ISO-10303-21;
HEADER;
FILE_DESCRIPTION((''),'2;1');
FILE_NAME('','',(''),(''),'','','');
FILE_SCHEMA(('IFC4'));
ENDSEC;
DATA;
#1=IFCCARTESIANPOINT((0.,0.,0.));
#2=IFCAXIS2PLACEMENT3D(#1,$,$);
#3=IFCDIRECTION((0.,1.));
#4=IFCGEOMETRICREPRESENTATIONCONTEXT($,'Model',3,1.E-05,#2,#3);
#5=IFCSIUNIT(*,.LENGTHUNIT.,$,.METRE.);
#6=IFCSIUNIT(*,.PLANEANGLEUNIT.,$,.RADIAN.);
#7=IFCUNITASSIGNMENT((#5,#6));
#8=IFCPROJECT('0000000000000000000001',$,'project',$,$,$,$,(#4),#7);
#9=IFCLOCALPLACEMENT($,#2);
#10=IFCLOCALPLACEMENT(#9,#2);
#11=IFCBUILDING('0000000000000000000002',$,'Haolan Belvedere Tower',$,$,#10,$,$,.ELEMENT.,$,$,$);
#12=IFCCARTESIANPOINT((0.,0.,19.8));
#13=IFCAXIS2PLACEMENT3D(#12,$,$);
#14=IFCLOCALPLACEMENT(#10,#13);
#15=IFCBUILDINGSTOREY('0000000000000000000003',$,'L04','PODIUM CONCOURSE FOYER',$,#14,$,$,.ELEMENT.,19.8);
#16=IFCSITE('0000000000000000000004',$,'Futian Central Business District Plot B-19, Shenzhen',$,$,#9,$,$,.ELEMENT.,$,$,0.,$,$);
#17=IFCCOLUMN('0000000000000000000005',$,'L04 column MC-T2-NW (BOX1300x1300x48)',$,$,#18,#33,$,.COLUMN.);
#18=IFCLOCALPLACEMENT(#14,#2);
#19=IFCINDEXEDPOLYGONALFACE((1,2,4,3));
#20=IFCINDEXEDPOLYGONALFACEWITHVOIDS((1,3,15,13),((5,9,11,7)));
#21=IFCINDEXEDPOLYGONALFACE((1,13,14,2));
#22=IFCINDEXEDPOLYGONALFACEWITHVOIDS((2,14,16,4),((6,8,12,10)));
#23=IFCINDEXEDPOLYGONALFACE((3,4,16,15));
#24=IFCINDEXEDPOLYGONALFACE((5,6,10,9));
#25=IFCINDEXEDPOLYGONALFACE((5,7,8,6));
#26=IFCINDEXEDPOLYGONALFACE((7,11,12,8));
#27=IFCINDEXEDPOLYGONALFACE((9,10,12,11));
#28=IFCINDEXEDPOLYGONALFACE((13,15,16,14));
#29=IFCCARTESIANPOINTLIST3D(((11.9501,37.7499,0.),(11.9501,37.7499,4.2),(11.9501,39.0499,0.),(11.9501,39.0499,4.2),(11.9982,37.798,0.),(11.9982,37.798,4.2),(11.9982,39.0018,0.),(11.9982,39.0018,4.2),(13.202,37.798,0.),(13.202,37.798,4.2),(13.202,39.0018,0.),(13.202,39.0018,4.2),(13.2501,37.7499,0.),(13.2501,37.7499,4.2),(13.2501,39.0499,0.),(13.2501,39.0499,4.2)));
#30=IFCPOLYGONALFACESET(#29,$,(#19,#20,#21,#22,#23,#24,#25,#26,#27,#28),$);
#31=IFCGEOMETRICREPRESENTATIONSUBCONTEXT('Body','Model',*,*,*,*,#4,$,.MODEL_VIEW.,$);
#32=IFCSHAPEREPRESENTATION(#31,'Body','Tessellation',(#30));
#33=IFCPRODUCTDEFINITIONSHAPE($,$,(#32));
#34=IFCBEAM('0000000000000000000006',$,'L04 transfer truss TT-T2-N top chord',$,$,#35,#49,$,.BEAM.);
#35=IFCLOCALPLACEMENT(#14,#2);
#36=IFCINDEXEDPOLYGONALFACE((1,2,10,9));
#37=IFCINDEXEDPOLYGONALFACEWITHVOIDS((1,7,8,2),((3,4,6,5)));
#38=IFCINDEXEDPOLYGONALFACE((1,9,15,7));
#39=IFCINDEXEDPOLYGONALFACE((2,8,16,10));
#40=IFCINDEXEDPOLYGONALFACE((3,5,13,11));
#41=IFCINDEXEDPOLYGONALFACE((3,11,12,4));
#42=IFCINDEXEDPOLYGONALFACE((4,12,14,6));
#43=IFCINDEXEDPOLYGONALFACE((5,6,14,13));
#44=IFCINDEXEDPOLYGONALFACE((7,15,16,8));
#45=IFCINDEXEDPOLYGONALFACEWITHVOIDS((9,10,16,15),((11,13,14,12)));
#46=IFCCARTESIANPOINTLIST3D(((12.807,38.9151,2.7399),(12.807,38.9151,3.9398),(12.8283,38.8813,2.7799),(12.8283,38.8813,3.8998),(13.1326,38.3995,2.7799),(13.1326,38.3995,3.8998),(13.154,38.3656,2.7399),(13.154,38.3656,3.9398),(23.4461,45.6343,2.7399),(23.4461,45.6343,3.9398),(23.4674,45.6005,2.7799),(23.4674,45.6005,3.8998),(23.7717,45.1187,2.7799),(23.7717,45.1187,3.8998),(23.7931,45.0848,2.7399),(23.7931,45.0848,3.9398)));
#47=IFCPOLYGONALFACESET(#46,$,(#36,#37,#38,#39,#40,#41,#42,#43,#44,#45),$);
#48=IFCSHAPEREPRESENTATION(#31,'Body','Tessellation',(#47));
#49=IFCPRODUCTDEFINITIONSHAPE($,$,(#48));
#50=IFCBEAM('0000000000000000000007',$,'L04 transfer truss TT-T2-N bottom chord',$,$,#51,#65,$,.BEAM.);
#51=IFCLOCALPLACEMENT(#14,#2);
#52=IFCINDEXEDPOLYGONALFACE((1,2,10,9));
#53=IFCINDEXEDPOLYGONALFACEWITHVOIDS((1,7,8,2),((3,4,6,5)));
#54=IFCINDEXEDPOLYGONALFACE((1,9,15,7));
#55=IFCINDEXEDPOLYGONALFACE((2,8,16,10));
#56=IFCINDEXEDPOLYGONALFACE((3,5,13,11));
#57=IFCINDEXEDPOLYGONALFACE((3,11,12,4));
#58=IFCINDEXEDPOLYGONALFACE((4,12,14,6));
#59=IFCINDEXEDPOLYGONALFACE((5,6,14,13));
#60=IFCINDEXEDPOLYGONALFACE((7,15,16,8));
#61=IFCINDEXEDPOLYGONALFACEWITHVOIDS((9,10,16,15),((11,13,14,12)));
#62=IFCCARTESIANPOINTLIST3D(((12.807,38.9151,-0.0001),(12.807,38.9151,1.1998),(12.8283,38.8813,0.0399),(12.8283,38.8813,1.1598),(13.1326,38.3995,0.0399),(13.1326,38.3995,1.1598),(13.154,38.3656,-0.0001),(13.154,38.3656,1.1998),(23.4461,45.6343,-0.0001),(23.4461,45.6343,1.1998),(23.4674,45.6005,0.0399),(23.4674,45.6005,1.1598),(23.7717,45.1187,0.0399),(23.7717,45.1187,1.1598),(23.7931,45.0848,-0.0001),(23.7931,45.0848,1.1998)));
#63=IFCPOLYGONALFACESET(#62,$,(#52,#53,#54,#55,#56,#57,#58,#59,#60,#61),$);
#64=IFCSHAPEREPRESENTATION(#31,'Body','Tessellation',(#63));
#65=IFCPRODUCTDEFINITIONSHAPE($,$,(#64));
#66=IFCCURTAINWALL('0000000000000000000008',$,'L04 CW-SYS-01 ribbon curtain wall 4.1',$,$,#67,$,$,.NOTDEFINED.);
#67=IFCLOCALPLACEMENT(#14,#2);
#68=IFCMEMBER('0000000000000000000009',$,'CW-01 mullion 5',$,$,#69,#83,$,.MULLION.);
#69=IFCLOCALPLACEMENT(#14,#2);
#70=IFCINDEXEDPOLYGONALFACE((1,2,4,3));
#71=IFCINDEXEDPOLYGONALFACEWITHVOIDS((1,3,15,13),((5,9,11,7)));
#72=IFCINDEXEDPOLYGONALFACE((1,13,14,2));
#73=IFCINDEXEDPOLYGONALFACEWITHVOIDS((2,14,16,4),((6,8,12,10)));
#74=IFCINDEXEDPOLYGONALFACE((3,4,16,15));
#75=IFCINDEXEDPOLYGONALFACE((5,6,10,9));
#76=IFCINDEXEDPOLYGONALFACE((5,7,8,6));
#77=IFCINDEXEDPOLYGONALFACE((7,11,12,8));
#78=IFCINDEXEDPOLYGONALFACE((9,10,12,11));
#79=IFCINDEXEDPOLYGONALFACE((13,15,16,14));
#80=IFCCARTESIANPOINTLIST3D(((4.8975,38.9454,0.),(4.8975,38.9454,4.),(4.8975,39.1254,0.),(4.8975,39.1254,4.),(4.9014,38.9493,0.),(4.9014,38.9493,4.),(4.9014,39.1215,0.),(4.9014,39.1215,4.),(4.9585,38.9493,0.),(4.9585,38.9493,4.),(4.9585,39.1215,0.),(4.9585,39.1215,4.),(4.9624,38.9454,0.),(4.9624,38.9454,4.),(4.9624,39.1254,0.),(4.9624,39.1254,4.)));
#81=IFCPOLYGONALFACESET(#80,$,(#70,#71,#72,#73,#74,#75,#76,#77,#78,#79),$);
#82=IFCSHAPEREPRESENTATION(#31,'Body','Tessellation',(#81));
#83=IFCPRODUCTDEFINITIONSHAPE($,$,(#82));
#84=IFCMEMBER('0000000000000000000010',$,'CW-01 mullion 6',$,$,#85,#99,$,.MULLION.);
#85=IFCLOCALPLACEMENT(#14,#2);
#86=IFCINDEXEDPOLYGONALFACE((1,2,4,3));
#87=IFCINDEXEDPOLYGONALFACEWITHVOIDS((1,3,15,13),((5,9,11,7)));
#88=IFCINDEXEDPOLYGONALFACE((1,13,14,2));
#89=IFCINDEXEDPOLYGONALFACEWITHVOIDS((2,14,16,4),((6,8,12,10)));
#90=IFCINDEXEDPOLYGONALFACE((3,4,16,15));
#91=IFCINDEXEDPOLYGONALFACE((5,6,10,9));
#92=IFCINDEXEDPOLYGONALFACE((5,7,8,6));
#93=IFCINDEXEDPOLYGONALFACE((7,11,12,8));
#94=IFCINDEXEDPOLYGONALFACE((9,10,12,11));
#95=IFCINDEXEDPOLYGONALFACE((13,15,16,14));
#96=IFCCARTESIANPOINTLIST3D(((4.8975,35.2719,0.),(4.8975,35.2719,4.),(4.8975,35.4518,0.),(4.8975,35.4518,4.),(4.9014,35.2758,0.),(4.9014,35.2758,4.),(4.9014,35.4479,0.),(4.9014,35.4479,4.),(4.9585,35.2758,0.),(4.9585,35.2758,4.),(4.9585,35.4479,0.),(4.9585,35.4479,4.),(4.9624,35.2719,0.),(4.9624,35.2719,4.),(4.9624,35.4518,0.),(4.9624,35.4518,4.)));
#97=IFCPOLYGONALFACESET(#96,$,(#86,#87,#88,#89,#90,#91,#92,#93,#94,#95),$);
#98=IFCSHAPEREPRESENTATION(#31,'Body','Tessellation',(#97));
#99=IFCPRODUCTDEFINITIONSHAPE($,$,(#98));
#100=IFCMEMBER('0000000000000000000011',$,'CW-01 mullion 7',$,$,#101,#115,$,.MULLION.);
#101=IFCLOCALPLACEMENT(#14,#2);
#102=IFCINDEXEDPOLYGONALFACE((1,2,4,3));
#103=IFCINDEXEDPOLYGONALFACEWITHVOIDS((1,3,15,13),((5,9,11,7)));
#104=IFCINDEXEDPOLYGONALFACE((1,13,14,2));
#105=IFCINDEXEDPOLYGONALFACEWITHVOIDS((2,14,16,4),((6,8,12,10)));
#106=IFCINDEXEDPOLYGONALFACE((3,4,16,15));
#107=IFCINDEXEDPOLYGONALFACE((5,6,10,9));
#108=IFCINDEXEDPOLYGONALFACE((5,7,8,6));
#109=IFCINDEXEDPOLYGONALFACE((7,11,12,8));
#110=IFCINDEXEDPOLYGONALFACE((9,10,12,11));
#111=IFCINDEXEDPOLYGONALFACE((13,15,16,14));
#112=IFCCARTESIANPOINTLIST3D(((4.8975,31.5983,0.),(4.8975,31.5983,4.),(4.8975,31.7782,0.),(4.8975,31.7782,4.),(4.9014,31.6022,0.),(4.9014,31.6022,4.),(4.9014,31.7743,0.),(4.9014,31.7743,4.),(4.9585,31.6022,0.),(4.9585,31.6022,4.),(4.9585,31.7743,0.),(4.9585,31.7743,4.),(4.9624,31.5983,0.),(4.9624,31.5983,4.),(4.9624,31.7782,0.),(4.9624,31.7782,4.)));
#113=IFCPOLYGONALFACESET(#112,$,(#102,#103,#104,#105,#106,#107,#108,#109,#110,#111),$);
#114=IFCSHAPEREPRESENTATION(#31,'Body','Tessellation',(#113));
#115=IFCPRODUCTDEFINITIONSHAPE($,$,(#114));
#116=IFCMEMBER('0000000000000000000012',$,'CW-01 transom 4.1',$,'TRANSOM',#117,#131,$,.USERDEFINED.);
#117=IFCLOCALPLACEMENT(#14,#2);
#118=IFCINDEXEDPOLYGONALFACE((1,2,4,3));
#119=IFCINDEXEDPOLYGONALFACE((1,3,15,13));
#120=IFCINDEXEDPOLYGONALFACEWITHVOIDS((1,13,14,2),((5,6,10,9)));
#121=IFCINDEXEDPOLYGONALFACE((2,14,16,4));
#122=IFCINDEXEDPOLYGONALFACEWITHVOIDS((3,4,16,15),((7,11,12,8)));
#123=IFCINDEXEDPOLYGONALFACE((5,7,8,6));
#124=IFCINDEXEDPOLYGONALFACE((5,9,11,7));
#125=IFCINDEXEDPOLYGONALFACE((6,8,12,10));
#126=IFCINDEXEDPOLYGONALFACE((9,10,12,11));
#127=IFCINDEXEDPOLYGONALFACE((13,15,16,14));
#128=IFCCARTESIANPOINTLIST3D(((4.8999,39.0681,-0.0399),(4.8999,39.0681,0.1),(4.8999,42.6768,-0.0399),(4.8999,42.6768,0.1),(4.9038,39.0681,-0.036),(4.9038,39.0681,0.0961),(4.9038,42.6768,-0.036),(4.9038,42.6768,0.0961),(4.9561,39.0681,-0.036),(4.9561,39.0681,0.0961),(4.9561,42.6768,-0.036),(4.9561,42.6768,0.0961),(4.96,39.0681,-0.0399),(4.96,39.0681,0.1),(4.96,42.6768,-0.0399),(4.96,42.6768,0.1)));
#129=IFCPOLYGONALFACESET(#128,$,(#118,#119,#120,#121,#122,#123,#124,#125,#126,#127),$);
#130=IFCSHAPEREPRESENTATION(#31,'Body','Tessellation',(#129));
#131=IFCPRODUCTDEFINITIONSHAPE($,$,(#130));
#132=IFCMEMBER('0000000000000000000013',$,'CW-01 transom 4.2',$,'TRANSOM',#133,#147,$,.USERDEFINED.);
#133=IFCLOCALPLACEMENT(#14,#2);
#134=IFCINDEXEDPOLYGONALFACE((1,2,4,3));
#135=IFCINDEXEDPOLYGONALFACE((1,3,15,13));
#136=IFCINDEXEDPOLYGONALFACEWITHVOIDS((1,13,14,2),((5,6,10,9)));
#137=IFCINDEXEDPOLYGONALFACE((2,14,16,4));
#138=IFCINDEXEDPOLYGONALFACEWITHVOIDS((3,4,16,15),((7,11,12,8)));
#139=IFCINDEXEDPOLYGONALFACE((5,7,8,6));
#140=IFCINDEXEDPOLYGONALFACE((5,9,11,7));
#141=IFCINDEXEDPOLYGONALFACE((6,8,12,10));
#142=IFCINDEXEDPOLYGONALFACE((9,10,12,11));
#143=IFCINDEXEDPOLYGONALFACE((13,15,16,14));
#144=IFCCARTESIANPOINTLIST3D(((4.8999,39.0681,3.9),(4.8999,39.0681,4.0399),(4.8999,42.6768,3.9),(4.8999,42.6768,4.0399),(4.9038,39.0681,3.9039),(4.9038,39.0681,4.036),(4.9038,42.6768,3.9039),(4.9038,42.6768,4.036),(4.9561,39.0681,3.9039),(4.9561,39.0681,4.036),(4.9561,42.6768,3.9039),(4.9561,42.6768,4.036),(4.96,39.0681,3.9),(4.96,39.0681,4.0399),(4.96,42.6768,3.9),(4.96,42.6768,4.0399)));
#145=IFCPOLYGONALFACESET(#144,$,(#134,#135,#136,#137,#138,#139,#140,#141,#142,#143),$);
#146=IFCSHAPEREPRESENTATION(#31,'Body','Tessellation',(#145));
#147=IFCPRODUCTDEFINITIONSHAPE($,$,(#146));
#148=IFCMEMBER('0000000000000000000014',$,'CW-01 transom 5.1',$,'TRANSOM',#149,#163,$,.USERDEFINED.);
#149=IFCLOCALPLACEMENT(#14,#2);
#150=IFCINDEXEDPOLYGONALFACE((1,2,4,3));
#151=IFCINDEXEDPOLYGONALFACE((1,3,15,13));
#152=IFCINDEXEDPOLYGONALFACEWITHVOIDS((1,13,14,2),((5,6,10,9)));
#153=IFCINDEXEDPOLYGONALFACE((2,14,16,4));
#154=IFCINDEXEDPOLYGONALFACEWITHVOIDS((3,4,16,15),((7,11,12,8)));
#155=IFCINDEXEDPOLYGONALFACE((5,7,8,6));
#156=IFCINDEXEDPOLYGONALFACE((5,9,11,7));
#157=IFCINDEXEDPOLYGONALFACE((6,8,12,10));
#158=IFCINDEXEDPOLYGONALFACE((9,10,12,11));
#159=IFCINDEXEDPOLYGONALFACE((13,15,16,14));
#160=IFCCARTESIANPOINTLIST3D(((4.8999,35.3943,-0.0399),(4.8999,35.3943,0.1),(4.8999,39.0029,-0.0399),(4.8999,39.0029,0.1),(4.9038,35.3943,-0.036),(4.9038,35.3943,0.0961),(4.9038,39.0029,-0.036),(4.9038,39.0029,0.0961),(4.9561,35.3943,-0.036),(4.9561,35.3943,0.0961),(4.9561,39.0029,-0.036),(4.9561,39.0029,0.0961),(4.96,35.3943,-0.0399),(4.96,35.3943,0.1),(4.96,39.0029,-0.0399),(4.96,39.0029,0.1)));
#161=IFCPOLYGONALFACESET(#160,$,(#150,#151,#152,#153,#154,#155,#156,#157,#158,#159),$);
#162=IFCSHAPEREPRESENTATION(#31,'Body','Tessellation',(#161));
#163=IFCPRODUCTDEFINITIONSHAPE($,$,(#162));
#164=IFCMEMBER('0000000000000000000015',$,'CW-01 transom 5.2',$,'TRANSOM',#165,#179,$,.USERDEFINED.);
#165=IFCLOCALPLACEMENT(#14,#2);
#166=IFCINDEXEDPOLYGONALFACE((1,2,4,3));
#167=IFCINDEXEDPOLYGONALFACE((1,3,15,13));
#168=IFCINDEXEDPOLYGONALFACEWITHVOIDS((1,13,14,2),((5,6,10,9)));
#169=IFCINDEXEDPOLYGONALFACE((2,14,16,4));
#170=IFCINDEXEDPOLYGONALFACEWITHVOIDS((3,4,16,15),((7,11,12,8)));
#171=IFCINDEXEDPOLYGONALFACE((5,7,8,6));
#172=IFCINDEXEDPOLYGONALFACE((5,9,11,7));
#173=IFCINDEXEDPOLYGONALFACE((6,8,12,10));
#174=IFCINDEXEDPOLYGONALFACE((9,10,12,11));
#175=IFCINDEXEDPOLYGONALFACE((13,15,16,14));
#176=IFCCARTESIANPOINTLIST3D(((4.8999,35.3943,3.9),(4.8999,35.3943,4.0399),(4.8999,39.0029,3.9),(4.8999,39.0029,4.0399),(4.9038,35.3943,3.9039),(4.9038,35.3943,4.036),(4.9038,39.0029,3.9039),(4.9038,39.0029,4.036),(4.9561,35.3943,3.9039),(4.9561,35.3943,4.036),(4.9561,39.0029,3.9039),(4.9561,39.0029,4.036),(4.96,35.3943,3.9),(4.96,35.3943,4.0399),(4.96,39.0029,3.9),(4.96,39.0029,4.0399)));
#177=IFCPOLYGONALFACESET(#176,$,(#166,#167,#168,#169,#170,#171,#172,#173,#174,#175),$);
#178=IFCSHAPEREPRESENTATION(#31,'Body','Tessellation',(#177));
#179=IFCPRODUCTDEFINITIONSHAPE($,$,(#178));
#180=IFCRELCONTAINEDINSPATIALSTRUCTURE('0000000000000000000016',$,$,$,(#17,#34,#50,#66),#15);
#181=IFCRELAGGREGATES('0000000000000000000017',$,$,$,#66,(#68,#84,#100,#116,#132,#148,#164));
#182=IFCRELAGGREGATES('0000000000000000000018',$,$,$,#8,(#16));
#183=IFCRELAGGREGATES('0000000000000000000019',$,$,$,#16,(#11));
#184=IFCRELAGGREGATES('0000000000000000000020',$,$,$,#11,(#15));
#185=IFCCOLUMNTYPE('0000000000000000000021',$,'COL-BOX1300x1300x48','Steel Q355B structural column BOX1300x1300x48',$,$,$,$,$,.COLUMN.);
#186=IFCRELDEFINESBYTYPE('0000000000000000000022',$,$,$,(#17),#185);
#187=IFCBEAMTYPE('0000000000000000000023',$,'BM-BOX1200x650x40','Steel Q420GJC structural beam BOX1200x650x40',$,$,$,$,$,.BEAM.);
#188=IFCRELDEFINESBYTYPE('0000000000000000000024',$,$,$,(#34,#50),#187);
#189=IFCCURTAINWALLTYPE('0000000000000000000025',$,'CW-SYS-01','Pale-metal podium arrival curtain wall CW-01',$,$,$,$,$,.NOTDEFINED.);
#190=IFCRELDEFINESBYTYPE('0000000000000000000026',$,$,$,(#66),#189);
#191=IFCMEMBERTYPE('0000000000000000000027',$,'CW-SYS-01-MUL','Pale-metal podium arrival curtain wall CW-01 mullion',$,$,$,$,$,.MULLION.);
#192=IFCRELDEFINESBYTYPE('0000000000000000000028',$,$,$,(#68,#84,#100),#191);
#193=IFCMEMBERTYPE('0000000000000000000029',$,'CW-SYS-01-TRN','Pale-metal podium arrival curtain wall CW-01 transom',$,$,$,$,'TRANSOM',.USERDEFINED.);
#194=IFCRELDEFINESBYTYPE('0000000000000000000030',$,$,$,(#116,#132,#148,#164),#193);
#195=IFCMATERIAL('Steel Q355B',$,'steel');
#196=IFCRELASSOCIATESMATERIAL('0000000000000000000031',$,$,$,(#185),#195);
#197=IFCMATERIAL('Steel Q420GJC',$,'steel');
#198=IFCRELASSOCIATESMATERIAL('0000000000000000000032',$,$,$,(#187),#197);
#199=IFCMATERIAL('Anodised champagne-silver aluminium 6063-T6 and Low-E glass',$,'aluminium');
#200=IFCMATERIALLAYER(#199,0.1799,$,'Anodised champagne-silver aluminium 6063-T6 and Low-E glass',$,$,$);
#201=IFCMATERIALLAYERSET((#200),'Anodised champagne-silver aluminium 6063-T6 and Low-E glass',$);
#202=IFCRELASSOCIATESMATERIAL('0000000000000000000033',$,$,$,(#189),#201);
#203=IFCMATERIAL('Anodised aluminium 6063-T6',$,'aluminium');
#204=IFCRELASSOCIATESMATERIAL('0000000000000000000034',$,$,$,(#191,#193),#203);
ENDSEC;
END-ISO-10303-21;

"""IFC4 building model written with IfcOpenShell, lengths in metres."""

from ifc_helpers import new_model, si_unit, direction, frame, origin, origin_2d, place, context, subcontext, project, spatial, hollow_rectangle, extrude, material, layer, layer_set, material_profile, profile_set, type_object, element, aggregate, save


model = new_model("IFC4")

# Units and contexts
model_context = context("Model", 3, precision=1e-05, world=origin(), true_north=direction((0.0, 1.0)))
body_context = subcontext(model_context, "Body", "Model", "MODEL_VIEW")
ifc_project = project(units=[si_unit("LENGTHUNIT", "METRE"), si_unit("PLANEANGLEUNIT", "RADIAN")], contexts=[model_context])

# Site, building, storey
site_placement = place(None, origin())
site = spatial("IfcSite", under=ifc_project, at=site_placement, Name="Futian Central Business District Plot B-19, Shenzhen", CompositionType="ELEMENT", RefElevation=0.0)
building_placement = place(site_placement, origin())
building = spatial("IfcBuilding", under=site, at=building_placement, Name="Haolan Belvedere Tower", CompositionType="ELEMENT")
storey_placement = place(building_placement, frame((0.0, 0.0, 19.8)))
storey = spatial("IfcBuildingStorey", under=building, at=storey_placement, Name="L04", Description="PODIUM CONCOURSE FOYER", CompositionType="ELEMENT", Elevation=19.8)

# Column
ifc_material_1 = material(Name="Steel Q355B", Category="steel")
ifc_material_profile_1 = material_profile(ifc_material_1, hollow_rectangle(XDim=1.3, YDim=1.3, WallThickness=0.0481, at=origin_2d()), Name="Steel Q355B")
ifc_profile_set_1 = profile_set([ifc_material_profile_1], Name="Steel Q355B")
column_type = type_object("IfcColumnType", Name="COL-BOX1300x1300x48", Description="Steel Q355B structural column BOX1300x1300x48", PredefinedType="COLUMN", material=ifc_profile_set_1)
column_placement = place(storey_placement, frame((12.6001, 38.3999, 0.0), z_axis=(0.0, 0.0, 1.0), x_axis=(1.0, 0.0, 0.0)))
element("IfcColumn", 1, at=column_placement, inside=storey, type_object=column_type, Name="L04 column MC-T2-NW (BOX1300x1300x48)", PredefinedType="COLUMN", context=body_context, shape_type="SweptSolid", body=[
    extrude(hollow_rectangle(XDim=1.3, YDim=1.3, WallThickness=0.0481, at=origin_2d()), origin(), (0.0, 0.0, 1.0), 4.2),
])

# Beams
ifc_material_2 = material(Name="Steel Q420GJC", Category="steel")
ifc_material_profile_2 = material_profile(ifc_material_2, hollow_rectangle(XDim=0.6499, YDim=1.2, WallThickness=0.04, at=origin_2d()), Name="Steel Q420GJC")
ifc_profile_set_2 = profile_set([ifc_material_profile_2], Name="Steel Q420GJC")
beam_type = type_object("IfcBeamType", Name="BM-BOX1200x650x40", Description="Steel Q420GJC structural beam BOX1200x650x40", PredefinedType="BEAM", material=ifc_profile_set_2)
for number, where, z_axis, x_axis, name in (
    (2, (12.9805, 38.6404, 3.3398), (0.845497, 0.53398, 0.0), (-0.53398, 0.845497, 0.0), "L04 transfer truss TT-T2-N top chord"),
    (3, (12.9805, 38.6404, 0.5999), (0.845497, 0.53398, 0.0), (-0.53398, 0.845497, 0.0), "L04 transfer truss TT-T2-N bottom chord"),
):
    element("IfcBeam", number, at=place(storey_placement, frame(where, z_axis=z_axis, x_axis=x_axis)), inside=storey, type_object=beam_type, Name=name, PredefinedType="BEAM", context=body_context, shape_type="SweptSolid", body=[
        extrude(hollow_rectangle(XDim=0.6499, YDim=1.2, WallThickness=0.04, at=origin_2d()), origin(), (0.0, 0.0, 1.0), 12.5833),
    ])

# Curtain wall, members
ifc_material_3 = material(Name="Anodised champagne-silver aluminium 6063-T6 and Low-E glass", Category="aluminium")
ifc_layer_1 = layer(ifc_material_3, 0.1799, Name="Anodised champagne-silver aluminium 6063-T6 and Low-E glass")
ifc_layer_set_1 = layer_set([ifc_layer_1], Name="Anodised champagne-silver aluminium 6063-T6 and Low-E glass")
curtain_wall_type = type_object("IfcCurtainWallType", Name="CW-SYS-01", Description="Pale-metal podium arrival curtain wall CW-01", PredefinedType="NOTDEFINED", material=ifc_layer_set_1)
curtain_wall_placement = place(storey_placement, origin())
curtain_wall = element("IfcCurtainWall", 4, at=curtain_wall_placement, inside=storey, type_object=curtain_wall_type, Name="L04 CW-SYS-01 ribbon curtain wall 4.1", PredefinedType="NOTDEFINED")
ifc_material_4 = material(Name="Anodised aluminium 6063-T6", Category="aluminium")
ifc_material_profile_3 = material_profile(ifc_material_4, hollow_rectangle(XDim=0.0649, YDim=0.1799, WallThickness=0.0039, at=origin_2d()), Name="Anodised aluminium 6063-T6")
ifc_profile_set_3 = profile_set([ifc_material_profile_3], Name="Anodised aluminium 6063-T6")
member_type_1 = type_object("IfcMemberType", Name="CW-SYS-01-MUL", Description="Pale-metal podium arrival curtain wall CW-01 mullion", PredefinedType="MULLION", material=ifc_profile_set_3)
member_1_placement = place(storey_placement, frame((4.9299, 39.0354, 0.0), z_axis=(0.0, 0.0, 1.0), x_axis=(1.0, 0.0, 0.0)))
member_1 = element("IfcMember", 5, at=member_1_placement, type_object=member_type_1, Name="CW-01 mullion 5", PredefinedType="MULLION", context=body_context, shape_type="SweptSolid", body=[
    extrude(hollow_rectangle(XDim=0.0649, YDim=0.1799, WallThickness=0.0039, at=origin_2d()), origin(), (0.0, 0.0, 1.0), 4.0),
])
member_2_placement = place(storey_placement, frame((4.9299, 35.3618, 0.0), z_axis=(0.0, 0.0, 1.0), x_axis=(1.0, 0.0, 0.0)))
member_2 = element("IfcMember", 6, at=member_2_placement, type_object=member_type_1, Name="CW-01 mullion 6", PredefinedType="MULLION", context=body_context, shape_type="SweptSolid", body=[
    extrude(hollow_rectangle(XDim=0.0649, YDim=0.1799, WallThickness=0.0039, at=origin_2d()), origin(), (0.0, 0.0, 1.0), 4.0),
])
member_3_placement = place(storey_placement, frame((4.9299, 31.6882, 0.0), z_axis=(0.0, 0.0, 1.0), x_axis=(1.0, 0.0, 0.0)))
member_3 = element("IfcMember", 7, at=member_3_placement, type_object=member_type_1, Name="CW-01 mullion 7", PredefinedType="MULLION", context=body_context, shape_type="SweptSolid", body=[
    extrude(hollow_rectangle(XDim=0.0649, YDim=0.1799, WallThickness=0.0039, at=origin_2d()), origin(), (0.0, 0.0, 1.0), 4.0),
])
ifc_material_profile_4 = material_profile(ifc_material_4, hollow_rectangle(XDim=0.0601, YDim=0.1399, WallThickness=0.0039, at=origin_2d()), Name="Anodised aluminium 6063-T6")
ifc_profile_set_4 = profile_set([ifc_material_profile_4], Name="Anodised aluminium 6063-T6")
member_type_2 = type_object("IfcMemberType", Name="CW-SYS-01-TRN", Description="Pale-metal podium arrival curtain wall CW-01 transom", ElementType="TRANSOM", PredefinedType="USERDEFINED", material=ifc_profile_set_4)
member_4_placement = place(storey_placement, frame((4.9299, 42.6768, 0.03), z_axis=(0.0, -1.0, 0.0), x_axis=(1.0, 0.0, 0.0)))
member_4 = element("IfcMember", 8, at=member_4_placement, type_object=member_type_2, Name="CW-01 transom 4.1", ObjectType="TRANSOM", PredefinedType="USERDEFINED", context=body_context, shape_type="SweptSolid", body=[
    extrude(hollow_rectangle(XDim=0.0601, YDim=0.1399, WallThickness=0.0039, at=origin_2d()), origin(), (0.0, 0.0, 1.0), 3.6086),
])
member_5_placement = place(storey_placement, frame((4.9299, 42.6768, 3.97), z_axis=(0.0, -1.0, 0.0), x_axis=(1.0, 0.0, 0.0)))
member_5 = element("IfcMember", 9, at=member_5_placement, type_object=member_type_2, Name="CW-01 transom 4.2", ObjectType="TRANSOM", PredefinedType="USERDEFINED", context=body_context, shape_type="SweptSolid", body=[
    extrude(hollow_rectangle(XDim=0.0601, YDim=0.1399, WallThickness=0.0039, at=origin_2d()), origin(), (0.0, 0.0, 1.0), 3.6086),
])
member_6_placement = place(storey_placement, frame((4.9299, 39.0029, 0.03), z_axis=(0.0, -1.0, 0.0), x_axis=(1.0, 0.0, 0.0)))
member_6 = element("IfcMember", 10, at=member_6_placement, type_object=member_type_2, Name="CW-01 transom 5.1", ObjectType="TRANSOM", PredefinedType="USERDEFINED", context=body_context, shape_type="SweptSolid", body=[
    extrude(hollow_rectangle(XDim=0.0601, YDim=0.1399, WallThickness=0.0039, at=origin_2d()), origin(), (0.0, 0.0, 1.0), 3.6086),
])
member_7_placement = place(storey_placement, frame((4.9299, 39.0029, 3.97), z_axis=(0.0, -1.0, 0.0), x_axis=(1.0, 0.0, 0.0)))
member_7 = element("IfcMember", 11, at=member_7_placement, type_object=member_type_2, Name="CW-01 transom 5.2", ObjectType="TRANSOM", PredefinedType="USERDEFINED", context=body_context, shape_type="SweptSolid", body=[
    extrude(hollow_rectangle(XDim=0.0601, YDim=0.1399, WallThickness=0.0039, at=origin_2d()), origin(), (0.0, 0.0, 1.0), 3.6086),
])

aggregate(curtain_wall, [member_1, member_2, member_3, member_4, member_5, member_6, member_7])

save(model, "model.ifc")
